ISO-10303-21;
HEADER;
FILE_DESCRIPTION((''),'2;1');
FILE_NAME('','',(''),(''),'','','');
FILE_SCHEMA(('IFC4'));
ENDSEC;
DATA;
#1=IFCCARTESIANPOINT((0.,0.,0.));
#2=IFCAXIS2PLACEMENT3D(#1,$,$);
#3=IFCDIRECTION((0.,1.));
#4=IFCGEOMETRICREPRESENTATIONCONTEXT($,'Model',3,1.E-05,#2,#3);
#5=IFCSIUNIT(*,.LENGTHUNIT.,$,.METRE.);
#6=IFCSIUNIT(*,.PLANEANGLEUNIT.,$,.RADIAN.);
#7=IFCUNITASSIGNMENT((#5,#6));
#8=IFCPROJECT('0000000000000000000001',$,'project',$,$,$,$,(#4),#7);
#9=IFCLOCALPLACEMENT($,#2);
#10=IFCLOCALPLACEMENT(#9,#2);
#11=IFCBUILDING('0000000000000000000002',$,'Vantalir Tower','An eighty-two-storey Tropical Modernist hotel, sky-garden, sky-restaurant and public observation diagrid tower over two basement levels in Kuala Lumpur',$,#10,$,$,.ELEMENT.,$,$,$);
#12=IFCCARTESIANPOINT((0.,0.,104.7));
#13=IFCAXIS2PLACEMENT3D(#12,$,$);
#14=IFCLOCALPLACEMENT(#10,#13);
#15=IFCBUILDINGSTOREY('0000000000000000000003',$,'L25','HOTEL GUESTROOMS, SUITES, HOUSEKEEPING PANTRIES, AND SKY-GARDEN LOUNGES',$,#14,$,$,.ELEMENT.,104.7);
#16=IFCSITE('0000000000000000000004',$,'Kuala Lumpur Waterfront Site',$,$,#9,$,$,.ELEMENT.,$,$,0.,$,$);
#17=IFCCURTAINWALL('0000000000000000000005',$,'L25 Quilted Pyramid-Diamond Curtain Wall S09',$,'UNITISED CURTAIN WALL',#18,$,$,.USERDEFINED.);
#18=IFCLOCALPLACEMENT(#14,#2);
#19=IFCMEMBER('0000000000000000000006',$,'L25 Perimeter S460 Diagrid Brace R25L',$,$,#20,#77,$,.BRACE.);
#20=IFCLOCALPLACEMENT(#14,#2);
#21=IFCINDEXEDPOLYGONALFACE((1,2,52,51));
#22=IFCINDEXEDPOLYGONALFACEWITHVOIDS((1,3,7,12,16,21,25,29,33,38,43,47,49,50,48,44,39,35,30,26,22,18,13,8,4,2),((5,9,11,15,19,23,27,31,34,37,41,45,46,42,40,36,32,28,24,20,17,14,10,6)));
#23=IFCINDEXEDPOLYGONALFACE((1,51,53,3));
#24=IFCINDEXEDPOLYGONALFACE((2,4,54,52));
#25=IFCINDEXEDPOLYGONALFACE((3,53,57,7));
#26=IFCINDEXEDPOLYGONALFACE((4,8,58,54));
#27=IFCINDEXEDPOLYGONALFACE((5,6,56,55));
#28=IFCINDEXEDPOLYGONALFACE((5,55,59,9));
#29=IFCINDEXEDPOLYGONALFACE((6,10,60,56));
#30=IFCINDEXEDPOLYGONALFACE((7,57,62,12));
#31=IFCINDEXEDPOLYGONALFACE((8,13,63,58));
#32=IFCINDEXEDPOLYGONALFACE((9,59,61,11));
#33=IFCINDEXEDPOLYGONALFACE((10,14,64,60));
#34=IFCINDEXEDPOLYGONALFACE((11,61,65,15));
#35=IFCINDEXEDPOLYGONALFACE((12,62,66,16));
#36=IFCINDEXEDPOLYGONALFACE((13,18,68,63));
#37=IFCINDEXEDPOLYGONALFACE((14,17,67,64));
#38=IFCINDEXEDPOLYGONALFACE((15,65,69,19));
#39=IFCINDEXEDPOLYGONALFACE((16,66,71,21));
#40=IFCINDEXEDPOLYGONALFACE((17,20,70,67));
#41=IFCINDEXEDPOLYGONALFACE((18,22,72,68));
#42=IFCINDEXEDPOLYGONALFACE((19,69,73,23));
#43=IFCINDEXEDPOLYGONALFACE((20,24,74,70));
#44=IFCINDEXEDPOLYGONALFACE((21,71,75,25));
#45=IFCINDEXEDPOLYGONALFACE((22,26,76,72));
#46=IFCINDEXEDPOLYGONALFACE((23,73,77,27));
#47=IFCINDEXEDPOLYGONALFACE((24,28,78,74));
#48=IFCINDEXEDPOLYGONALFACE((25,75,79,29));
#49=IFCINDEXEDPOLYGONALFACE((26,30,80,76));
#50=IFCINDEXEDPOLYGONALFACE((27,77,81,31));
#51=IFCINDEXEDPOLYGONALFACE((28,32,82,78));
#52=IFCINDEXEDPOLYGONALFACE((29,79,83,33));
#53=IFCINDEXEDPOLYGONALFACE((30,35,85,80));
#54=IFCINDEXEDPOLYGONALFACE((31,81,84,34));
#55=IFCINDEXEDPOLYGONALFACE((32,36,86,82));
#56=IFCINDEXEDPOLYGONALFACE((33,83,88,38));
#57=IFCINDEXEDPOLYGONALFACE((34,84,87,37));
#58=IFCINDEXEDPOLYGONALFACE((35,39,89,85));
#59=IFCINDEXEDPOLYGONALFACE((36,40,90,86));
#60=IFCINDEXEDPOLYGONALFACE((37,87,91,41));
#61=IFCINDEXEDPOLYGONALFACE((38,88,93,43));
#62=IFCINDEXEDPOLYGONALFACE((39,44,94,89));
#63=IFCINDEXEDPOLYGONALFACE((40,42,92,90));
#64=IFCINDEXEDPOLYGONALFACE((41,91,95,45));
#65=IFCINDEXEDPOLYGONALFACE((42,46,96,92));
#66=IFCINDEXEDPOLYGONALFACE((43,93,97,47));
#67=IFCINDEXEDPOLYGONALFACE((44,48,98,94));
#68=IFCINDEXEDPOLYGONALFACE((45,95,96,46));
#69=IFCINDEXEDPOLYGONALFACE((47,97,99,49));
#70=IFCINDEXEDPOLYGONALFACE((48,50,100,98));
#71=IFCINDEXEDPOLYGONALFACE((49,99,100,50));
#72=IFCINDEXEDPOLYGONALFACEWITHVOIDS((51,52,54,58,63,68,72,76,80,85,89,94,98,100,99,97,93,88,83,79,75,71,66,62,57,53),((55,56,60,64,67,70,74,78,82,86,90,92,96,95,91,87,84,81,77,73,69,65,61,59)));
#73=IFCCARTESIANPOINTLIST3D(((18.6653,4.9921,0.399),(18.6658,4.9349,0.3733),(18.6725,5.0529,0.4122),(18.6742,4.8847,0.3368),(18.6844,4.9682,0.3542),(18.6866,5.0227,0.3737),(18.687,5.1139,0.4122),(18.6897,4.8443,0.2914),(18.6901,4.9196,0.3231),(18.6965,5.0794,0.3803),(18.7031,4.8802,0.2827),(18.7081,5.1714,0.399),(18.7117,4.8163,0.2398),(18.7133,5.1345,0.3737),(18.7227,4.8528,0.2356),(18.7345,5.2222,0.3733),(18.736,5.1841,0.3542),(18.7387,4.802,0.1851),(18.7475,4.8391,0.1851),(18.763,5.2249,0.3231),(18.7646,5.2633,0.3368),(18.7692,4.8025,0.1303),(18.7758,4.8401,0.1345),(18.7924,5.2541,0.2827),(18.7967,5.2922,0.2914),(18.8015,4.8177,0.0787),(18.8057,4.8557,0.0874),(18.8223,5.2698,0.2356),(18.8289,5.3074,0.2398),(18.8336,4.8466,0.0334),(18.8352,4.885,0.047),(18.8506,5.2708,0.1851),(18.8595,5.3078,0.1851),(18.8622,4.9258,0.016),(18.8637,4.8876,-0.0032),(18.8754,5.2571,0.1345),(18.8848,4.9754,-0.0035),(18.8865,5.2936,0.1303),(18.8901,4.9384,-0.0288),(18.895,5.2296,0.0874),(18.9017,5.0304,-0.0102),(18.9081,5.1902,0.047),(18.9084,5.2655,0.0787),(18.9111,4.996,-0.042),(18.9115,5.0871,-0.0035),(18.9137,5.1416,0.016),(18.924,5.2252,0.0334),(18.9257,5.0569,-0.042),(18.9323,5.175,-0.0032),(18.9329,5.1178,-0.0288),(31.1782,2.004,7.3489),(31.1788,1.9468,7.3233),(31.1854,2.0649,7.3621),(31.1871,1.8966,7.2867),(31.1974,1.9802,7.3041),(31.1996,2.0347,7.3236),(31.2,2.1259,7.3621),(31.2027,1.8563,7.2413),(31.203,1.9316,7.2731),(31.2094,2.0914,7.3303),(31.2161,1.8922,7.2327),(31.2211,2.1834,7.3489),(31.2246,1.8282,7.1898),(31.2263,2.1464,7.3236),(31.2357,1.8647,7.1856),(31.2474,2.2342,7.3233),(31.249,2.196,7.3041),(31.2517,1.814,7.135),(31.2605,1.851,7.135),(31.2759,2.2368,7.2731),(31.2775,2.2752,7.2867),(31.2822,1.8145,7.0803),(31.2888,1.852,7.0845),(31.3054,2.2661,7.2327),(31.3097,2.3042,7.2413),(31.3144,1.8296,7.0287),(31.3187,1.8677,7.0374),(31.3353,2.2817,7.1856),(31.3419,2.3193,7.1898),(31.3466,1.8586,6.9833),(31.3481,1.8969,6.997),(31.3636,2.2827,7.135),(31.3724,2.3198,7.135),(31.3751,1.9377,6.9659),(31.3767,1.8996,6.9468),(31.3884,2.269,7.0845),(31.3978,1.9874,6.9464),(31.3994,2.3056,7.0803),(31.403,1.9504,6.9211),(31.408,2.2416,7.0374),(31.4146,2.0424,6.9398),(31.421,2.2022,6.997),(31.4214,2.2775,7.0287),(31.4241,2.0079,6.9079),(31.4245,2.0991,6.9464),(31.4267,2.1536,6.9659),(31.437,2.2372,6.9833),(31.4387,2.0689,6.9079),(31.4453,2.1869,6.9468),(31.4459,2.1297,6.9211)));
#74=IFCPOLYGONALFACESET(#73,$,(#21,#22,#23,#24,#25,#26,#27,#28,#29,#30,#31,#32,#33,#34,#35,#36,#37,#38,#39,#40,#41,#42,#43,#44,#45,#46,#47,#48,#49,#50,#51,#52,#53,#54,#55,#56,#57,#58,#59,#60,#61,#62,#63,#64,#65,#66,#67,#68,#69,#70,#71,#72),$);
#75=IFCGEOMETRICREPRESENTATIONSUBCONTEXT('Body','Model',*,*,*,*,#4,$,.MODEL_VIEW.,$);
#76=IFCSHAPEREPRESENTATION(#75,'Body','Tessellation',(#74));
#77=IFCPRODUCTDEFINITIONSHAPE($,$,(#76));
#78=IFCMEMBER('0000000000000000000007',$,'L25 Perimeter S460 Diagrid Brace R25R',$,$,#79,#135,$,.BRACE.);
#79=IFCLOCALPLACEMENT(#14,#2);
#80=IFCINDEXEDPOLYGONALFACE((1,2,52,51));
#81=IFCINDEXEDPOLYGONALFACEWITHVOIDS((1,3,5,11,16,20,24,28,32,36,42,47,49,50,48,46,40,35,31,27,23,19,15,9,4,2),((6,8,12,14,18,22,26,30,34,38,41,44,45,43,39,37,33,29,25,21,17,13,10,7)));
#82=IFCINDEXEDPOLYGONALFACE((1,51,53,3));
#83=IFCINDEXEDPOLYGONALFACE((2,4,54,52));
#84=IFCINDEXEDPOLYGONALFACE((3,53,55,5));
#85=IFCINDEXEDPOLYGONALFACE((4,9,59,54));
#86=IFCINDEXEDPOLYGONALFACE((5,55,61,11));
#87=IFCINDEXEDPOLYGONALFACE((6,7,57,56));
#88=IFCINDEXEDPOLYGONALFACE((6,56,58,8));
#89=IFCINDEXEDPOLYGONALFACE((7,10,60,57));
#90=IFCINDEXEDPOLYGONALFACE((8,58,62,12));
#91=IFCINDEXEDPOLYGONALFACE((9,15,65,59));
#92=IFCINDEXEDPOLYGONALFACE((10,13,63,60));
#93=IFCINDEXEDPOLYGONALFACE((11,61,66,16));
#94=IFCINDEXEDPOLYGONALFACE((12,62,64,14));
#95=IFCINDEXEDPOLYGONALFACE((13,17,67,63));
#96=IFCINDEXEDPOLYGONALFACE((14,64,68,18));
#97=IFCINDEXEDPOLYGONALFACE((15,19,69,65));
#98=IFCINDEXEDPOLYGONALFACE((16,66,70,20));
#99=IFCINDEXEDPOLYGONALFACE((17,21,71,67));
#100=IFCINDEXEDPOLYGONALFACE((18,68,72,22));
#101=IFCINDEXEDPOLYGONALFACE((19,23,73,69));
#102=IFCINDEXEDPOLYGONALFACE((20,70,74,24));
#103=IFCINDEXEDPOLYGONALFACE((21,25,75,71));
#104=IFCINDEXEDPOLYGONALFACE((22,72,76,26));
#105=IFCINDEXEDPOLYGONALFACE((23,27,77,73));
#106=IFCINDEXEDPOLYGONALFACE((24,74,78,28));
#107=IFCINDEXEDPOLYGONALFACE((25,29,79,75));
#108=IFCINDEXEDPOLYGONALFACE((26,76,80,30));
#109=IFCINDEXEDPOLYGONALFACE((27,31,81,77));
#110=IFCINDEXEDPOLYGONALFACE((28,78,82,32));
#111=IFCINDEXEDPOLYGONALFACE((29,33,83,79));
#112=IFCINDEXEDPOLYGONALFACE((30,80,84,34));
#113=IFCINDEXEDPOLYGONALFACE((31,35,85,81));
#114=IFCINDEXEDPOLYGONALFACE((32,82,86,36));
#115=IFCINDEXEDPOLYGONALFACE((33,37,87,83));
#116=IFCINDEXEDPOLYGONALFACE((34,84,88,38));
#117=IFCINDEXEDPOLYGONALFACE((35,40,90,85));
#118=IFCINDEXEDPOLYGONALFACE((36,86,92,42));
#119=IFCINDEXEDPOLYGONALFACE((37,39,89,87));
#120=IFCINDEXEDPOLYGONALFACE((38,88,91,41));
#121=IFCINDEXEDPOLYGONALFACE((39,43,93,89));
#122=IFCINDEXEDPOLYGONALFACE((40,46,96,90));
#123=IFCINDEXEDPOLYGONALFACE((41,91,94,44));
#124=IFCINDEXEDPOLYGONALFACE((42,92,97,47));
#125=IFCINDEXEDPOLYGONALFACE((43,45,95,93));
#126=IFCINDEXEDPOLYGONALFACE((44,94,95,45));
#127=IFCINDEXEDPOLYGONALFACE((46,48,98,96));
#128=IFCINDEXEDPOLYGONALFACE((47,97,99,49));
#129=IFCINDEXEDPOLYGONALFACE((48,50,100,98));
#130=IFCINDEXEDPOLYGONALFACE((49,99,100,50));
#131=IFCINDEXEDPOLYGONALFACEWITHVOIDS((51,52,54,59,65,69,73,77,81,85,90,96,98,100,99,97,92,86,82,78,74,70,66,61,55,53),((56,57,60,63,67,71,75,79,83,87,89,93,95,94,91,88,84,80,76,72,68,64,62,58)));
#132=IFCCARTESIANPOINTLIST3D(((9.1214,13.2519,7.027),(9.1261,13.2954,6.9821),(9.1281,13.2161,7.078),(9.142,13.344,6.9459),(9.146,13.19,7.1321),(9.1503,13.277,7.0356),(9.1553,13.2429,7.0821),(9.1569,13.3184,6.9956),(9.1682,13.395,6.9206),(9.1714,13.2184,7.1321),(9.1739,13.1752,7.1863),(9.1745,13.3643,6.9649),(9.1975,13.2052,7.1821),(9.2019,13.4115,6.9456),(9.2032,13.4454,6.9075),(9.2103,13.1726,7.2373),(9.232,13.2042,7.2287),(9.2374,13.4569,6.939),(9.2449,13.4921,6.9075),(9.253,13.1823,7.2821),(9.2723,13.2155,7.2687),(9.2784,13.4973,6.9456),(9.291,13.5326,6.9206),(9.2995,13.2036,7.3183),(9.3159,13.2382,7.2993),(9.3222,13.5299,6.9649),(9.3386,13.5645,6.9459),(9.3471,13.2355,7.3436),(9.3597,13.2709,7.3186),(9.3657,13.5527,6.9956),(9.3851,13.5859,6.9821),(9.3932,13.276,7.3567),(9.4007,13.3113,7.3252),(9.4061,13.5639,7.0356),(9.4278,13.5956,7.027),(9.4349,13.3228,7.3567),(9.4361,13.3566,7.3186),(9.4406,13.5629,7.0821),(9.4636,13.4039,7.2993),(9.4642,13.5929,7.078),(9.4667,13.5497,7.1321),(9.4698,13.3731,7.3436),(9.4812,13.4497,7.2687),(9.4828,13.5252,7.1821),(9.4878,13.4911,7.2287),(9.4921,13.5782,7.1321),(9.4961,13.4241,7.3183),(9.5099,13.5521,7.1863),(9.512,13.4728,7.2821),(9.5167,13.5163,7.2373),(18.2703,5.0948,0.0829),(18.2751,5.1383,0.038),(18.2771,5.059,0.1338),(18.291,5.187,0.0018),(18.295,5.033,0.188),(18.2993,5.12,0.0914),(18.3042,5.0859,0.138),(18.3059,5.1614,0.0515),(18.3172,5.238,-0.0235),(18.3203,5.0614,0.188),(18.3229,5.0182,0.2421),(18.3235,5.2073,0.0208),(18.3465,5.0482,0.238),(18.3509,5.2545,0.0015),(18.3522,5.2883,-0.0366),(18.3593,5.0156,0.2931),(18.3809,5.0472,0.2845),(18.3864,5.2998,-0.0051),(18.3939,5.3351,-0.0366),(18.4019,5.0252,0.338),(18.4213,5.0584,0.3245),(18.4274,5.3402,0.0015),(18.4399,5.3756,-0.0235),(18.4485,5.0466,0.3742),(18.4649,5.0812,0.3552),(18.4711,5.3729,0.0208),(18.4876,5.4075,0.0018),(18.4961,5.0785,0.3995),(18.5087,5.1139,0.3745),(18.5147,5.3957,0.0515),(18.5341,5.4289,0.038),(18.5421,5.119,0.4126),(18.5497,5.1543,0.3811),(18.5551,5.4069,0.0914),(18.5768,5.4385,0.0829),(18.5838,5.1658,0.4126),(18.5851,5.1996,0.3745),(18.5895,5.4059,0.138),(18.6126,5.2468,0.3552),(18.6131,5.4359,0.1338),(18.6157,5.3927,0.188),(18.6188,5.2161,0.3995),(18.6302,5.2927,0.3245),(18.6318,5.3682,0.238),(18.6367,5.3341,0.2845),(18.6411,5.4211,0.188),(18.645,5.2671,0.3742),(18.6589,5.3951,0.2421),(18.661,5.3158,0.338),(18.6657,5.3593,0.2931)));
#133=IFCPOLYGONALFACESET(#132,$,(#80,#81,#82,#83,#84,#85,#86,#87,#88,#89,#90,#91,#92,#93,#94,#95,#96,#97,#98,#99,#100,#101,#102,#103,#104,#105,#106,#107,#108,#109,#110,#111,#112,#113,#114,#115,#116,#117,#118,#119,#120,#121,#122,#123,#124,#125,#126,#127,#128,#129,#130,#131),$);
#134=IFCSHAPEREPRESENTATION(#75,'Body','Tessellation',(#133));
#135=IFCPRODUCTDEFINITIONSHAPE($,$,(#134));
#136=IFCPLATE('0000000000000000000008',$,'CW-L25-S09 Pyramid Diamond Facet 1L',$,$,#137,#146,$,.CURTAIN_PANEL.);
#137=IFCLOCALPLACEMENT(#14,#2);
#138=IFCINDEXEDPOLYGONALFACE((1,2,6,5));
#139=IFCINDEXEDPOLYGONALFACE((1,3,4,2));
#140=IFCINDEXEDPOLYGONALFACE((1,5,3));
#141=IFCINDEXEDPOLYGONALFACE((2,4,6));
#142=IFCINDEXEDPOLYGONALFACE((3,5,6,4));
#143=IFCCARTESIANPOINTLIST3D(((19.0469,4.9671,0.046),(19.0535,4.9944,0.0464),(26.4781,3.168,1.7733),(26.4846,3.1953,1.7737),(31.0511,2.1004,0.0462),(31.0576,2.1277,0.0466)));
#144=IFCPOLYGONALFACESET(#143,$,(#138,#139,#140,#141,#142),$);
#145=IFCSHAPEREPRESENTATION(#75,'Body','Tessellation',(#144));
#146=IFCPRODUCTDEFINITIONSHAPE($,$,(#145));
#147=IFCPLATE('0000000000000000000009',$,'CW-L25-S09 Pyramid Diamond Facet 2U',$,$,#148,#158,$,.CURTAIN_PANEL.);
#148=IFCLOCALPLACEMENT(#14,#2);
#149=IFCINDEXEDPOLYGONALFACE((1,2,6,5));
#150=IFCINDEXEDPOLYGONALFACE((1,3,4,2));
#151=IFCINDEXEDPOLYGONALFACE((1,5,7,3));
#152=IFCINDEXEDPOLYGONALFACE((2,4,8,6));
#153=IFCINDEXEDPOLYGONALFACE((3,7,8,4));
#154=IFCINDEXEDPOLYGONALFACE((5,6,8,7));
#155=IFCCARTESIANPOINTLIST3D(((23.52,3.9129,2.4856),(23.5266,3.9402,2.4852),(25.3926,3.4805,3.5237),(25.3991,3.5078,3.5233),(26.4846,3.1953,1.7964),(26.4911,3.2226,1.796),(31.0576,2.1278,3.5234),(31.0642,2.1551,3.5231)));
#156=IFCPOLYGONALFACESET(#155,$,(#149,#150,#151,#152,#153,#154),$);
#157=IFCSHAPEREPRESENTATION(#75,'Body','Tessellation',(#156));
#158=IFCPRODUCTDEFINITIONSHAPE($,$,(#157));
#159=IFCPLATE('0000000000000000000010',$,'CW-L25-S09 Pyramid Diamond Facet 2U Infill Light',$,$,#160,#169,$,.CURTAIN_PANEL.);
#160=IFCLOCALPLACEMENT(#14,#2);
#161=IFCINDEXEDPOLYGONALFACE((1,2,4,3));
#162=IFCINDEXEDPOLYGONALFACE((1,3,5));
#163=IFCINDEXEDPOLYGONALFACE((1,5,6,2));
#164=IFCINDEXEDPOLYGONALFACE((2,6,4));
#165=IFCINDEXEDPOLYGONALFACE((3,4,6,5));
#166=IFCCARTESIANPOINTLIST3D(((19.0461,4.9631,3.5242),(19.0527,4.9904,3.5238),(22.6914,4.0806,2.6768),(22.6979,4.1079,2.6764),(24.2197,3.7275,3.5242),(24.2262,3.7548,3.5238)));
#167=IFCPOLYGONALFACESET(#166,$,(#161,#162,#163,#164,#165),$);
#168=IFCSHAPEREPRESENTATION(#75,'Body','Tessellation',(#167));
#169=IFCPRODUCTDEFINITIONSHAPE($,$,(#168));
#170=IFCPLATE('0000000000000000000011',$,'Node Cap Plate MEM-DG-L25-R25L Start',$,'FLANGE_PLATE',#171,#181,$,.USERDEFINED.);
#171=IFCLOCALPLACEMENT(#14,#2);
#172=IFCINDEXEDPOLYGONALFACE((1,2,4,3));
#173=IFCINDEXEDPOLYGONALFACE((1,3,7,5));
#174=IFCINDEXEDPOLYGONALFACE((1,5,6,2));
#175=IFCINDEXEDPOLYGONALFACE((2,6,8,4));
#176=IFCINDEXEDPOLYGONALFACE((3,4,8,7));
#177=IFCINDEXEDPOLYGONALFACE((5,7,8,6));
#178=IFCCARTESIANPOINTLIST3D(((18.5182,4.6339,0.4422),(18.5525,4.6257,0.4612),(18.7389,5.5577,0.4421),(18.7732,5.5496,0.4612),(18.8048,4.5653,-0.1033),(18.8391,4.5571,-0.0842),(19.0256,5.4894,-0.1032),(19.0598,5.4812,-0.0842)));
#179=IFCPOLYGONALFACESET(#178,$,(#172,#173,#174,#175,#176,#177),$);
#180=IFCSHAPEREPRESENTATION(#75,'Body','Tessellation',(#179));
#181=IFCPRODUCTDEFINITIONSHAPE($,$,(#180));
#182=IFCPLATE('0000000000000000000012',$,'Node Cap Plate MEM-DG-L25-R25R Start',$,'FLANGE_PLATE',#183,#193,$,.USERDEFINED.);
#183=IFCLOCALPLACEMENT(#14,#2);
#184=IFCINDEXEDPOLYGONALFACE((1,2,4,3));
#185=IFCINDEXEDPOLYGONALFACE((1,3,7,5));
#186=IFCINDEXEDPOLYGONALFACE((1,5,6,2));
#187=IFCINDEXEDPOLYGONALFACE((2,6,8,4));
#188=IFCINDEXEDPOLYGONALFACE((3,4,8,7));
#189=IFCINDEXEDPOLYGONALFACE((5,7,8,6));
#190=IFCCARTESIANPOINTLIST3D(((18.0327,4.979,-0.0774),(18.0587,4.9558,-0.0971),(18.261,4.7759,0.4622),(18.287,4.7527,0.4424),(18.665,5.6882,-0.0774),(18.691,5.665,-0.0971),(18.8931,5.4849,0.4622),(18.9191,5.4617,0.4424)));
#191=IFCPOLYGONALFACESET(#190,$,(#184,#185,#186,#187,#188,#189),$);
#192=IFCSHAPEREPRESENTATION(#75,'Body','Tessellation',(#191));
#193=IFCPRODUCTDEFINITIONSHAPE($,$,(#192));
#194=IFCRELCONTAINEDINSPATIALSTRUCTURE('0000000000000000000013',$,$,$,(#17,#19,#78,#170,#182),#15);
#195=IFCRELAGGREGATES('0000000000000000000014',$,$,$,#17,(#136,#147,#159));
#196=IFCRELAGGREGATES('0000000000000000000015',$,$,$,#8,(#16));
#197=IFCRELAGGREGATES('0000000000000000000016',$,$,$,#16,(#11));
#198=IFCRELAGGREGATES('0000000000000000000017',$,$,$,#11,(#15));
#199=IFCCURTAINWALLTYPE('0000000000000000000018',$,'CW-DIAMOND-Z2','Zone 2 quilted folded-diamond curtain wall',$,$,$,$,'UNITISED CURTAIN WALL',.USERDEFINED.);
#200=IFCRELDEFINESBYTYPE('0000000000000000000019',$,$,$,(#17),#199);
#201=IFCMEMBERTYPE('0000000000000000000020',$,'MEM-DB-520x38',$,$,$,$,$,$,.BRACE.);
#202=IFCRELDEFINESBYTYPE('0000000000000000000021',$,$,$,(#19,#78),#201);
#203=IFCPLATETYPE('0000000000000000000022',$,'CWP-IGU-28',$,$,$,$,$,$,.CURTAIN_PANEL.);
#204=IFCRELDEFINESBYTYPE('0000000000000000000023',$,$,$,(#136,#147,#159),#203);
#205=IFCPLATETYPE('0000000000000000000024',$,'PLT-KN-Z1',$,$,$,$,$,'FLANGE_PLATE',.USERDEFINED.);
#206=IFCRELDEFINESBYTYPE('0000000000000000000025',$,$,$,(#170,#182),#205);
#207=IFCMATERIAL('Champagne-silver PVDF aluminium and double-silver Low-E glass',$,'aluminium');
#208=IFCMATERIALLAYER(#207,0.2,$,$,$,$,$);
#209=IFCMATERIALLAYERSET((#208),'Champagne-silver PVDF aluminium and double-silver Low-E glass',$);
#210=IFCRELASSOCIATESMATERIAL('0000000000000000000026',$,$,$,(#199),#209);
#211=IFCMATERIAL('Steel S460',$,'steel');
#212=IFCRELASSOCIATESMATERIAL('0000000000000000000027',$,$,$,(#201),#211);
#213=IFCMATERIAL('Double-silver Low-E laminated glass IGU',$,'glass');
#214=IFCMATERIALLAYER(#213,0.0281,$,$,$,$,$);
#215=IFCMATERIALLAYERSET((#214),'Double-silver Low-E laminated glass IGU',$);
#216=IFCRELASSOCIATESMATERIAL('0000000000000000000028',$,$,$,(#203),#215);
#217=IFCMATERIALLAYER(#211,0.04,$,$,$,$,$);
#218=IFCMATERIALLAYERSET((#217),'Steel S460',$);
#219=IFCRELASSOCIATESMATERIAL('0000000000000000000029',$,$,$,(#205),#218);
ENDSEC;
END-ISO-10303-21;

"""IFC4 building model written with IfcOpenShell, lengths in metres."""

from ifc_helpers import new_model, si_unit, direction, frame, origin, origin_2d, place, context, subcontext, project, spatial, polyline, hollow_circle, outline, extrude, material, layer, layer_set, material_profile, profile_set, type_object, element, aggregate, save


model = new_model("IFC4")

# Units and contexts
model_context = context("Model", 3, precision=1e-05, world=origin(), true_north=direction((0.0, 1.0)))
body_context = subcontext(model_context, "Body", "Model", "MODEL_VIEW")
ifc_project = project(units=[si_unit("LENGTHUNIT", "METRE"), si_unit("PLANEANGLEUNIT", "RADIAN")], contexts=[model_context])

# Site, building, storey
site_placement = place(None, origin())
site = spatial("IfcSite", under=ifc_project, at=site_placement, Name="Kuala Lumpur Waterfront Site", CompositionType="ELEMENT", RefElevation=0.0)
building_placement = place(site_placement, origin())
building = spatial("IfcBuilding", under=site, at=building_placement, Name="Vantalir Tower", Description="An eighty-two-storey Tropical Modernist hotel, sky-garden, sky-restaurant and public observation diagrid tower over two basement levels in Kuala Lumpur", CompositionType="ELEMENT")
storey_placement = place(building_placement, frame((0.0, 0.0, 104.7)))
storey = spatial("IfcBuildingStorey", under=building, at=storey_placement, Name="L25", Description="HOTEL GUESTROOMS, SUITES, HOUSEKEEPING PANTRIES, AND SKY-GARDEN LOUNGES", CompositionType="ELEMENT", Elevation=104.7)

# Shared definitions
ifc_material_1 = material(Name="Steel S460", Category="steel")

# Curtain wall
ifc_material_2 = material(Name="Champagne-silver PVDF aluminium and double-silver Low-E glass", Category="aluminium")
ifc_layer_1 = layer(ifc_material_2, 0.2)
ifc_layer_set_1 = layer_set([ifc_layer_1], Name="Champagne-silver PVDF aluminium and double-silver Low-E glass")
curtain_wall_type = type_object("IfcCurtainWallType", Name="CW-DIAMOND-Z2", Description="Zone 2 quilted folded-diamond curtain wall", ElementType="UNITISED CURTAIN WALL", PredefinedType="USERDEFINED", material=ifc_layer_set_1)
curtain_wall_placement = place(storey_placement, origin())
curtain_wall = element("IfcCurtainWall", 1, at=curtain_wall_placement, inside=storey, type_object=curtain_wall_type, Name="L25 Quilted Pyramid-Diamond Curtain Wall S09", ObjectType="UNITISED CURTAIN WALL", PredefinedType="USERDEFINED")

# Members
ifc_material_profile_1 = material_profile(ifc_material_1, hollow_circle(Radius=0.26, WallThickness=0.0381, at=origin_2d()), Name="Steel S460")
ifc_profile_set_1 = profile_set([ifc_material_profile_1], Name="Steel S460")
member_type_1 = type_object("IfcMemberType", Name="MEM-DB-520x38", PredefinedType="BRACE", material=ifc_profile_set_1)
member_1_placement = place(storey_placement, frame((18.7991, 5.0549, 0.1851), z_axis=(0.855759, -0.204352, 0.475307), x_axis=(0.232265, 0.972652, 0.0)))
element("IfcMember", 2, at=member_1_placement, inside=storey, type_object=member_type_1, Name="L25 Perimeter S460 Diagrid Brace R25L", PredefinedType="BRACE", context=body_context, shape_type="SweptSolid", body=[
    extrude(hollow_circle(Radius=0.26, WallThickness=0.0381, at=origin_2d()), origin(), (0.0, 0.0, 1.0), 14.6221),
])
member_2_placement = place(storey_placement, frame((18.468, 5.2271, 0.188), z_axis=(-0.649433, 0.57902, 0.492923), x_axis=(-0.665484, -0.746412, 0.0)))
element("IfcMember", 3, at=member_2_placement, inside=storey, type_object=member_type_1, Name="L25 Perimeter S460 Diagrid Brace R25R", PredefinedType="BRACE", context=body_context, shape_type="SweptSolid", body=[
    extrude(hollow_circle(Radius=0.26, WallThickness=0.0381, at=origin_2d()), origin(), (0.0, 0.0, 1.0), 14.0876),
])

# Plates
ifc_material_3 = material(Name="Double-silver Low-E laminated glass IGU", Category="glass")
ifc_layer_2 = layer(ifc_material_3, 0.0281)
ifc_layer_set_2 = layer_set([ifc_layer_2], Name="Double-silver Low-E laminated glass IGU")
plate_type_1 = type_object("IfcPlateType", Name="CWP-IGU-28", PredefinedType="CURTAIN_PANEL", material=ifc_layer_set_2)
plate_1_placement = place(storey_placement, frame((19.0535, 4.9944, 0.0464), z_axis=(0.232255, 0.972557, 0.013766), x_axis=(0.97265, -0.232277, 0.00002)))
plate_1 = element("IfcPlate", 4, at=plate_1_placement, type_object=plate_type_1, Name="CW-L25-S09 Pyramid Diamond Facet 1L", PredefinedType="CURTAIN_PANEL", context=body_context, shape_type="SweptSolid", body=[
    extrude(outline(polyline([(0.0, 0.0), (12.3417, 0.0), (7.6458, -1.7273), (0.0, 0.0)])), origin(), (0.0, 0.0, -1.0), 0.0281),
])
plate_2_placement = place(storey_placement, frame((25.3926, 3.4805, 3.5237), z_axis=(-0.232228, -0.972564, 0.013739), x_axis=(0.972656, -0.23225, -0.000042)))
plate_2 = element("IfcPlate", 5, at=plate_2_placement, type_object=plate_type_1, Name="CW-L25-S09 Pyramid Diamond Facet 2U", PredefinedType="CURTAIN_PANEL", context=body_context, shape_type="SweptSolid", body=[
    extrude(outline(polyline([(0.0, 0.0), (5.8243, 0.0), (1.1285, -1.7274), (-1.9217, -1.0383), (0.0, 0.0)])), origin(), (0.0, 0.0, -1.0), 0.0281),
])
plate_3_placement = place(storey_placement, frame((19.0461, 4.9631, 3.5242), z_axis=(-0.232273, -0.972554, 0.013747), x_axis=(0.972645, -0.232295, 0.0)))
plate_3 = element("IfcPlate", 6, at=plate_3_placement, type_object=plate_type_1, Name="CW-L25-S09 Pyramid Diamond Facet 2U Infill Light", PredefinedType="CURTAIN_PANEL", context=body_context, shape_type="SweptSolid", body=[
    extrude(outline(polyline([(0.0, 0.0), (5.3191, 0.0), (3.7506, -0.8475), (0.0, 0.0)])), origin(), (0.0, 0.0, -1.0), 0.0281),
])
aggregate(curtain_wall, [plate_1, plate_2, plate_3])

# Plates
ifc_layer_3 = layer(ifc_material_1, 0.04)
ifc_layer_set_3 = layer_set([ifc_layer_3], Name="Steel S460")
plate_type_2 = type_object("IfcPlateType", Name="PLT-KN-Z1", ElementType="FLANGE_PLATE", PredefinedType="USERDEFINED", material=ifc_layer_set_3)
plate_4_placement = place(storey_placement, frame((18.8391, 4.5571, -0.0842), z_axis=(0.855718, -0.204405, 0.475358), x_axis=(0.232326, 0.972638, 0.000012)))
element("IfcPlate", 7, at=plate_4_placement, inside=storey, type_object=plate_type_2, Name="Node Cap Plate MEM-DG-L25-R25L Start", ObjectType="FLANGE_PLATE", PredefinedType="USERDEFINED", context=body_context, shape_type="SweptSolid", body=[
    extrude(outline(polyline([(0.0, 0.0), (0.9501, 0.0), (0.95, 0.6199), (0.0001, 0.6199), (0.0, 0.0)])), origin(), (0.0, 0.0, -1.0), 0.04),
])
plate_5_placement = place(storey_placement, frame((18.665, 5.6882, -0.0774), z_axis=(-0.649505, 0.579065, 0.492775), x_axis=(-0.665474, -0.746421, -0.000004)))
element("IfcPlate", 8, at=plate_5_placement, inside=storey, type_object=plate_type_2, Name="Node Cap Plate MEM-DG-L25-R25R Start", ObjectType="FLANGE_PLATE", PredefinedType="USERDEFINED", context=body_context, shape_type="SweptSolid", body=[
    extrude(outline(polyline([(0.0, 0.0), (0.9502, 0.0), (0.9499, 0.6201), (0.0001, 0.6201), (0.0, 0.0)])), origin(), (0.0, 0.0, -1.0), 0.04),
])

save(model, "model.ifc")
